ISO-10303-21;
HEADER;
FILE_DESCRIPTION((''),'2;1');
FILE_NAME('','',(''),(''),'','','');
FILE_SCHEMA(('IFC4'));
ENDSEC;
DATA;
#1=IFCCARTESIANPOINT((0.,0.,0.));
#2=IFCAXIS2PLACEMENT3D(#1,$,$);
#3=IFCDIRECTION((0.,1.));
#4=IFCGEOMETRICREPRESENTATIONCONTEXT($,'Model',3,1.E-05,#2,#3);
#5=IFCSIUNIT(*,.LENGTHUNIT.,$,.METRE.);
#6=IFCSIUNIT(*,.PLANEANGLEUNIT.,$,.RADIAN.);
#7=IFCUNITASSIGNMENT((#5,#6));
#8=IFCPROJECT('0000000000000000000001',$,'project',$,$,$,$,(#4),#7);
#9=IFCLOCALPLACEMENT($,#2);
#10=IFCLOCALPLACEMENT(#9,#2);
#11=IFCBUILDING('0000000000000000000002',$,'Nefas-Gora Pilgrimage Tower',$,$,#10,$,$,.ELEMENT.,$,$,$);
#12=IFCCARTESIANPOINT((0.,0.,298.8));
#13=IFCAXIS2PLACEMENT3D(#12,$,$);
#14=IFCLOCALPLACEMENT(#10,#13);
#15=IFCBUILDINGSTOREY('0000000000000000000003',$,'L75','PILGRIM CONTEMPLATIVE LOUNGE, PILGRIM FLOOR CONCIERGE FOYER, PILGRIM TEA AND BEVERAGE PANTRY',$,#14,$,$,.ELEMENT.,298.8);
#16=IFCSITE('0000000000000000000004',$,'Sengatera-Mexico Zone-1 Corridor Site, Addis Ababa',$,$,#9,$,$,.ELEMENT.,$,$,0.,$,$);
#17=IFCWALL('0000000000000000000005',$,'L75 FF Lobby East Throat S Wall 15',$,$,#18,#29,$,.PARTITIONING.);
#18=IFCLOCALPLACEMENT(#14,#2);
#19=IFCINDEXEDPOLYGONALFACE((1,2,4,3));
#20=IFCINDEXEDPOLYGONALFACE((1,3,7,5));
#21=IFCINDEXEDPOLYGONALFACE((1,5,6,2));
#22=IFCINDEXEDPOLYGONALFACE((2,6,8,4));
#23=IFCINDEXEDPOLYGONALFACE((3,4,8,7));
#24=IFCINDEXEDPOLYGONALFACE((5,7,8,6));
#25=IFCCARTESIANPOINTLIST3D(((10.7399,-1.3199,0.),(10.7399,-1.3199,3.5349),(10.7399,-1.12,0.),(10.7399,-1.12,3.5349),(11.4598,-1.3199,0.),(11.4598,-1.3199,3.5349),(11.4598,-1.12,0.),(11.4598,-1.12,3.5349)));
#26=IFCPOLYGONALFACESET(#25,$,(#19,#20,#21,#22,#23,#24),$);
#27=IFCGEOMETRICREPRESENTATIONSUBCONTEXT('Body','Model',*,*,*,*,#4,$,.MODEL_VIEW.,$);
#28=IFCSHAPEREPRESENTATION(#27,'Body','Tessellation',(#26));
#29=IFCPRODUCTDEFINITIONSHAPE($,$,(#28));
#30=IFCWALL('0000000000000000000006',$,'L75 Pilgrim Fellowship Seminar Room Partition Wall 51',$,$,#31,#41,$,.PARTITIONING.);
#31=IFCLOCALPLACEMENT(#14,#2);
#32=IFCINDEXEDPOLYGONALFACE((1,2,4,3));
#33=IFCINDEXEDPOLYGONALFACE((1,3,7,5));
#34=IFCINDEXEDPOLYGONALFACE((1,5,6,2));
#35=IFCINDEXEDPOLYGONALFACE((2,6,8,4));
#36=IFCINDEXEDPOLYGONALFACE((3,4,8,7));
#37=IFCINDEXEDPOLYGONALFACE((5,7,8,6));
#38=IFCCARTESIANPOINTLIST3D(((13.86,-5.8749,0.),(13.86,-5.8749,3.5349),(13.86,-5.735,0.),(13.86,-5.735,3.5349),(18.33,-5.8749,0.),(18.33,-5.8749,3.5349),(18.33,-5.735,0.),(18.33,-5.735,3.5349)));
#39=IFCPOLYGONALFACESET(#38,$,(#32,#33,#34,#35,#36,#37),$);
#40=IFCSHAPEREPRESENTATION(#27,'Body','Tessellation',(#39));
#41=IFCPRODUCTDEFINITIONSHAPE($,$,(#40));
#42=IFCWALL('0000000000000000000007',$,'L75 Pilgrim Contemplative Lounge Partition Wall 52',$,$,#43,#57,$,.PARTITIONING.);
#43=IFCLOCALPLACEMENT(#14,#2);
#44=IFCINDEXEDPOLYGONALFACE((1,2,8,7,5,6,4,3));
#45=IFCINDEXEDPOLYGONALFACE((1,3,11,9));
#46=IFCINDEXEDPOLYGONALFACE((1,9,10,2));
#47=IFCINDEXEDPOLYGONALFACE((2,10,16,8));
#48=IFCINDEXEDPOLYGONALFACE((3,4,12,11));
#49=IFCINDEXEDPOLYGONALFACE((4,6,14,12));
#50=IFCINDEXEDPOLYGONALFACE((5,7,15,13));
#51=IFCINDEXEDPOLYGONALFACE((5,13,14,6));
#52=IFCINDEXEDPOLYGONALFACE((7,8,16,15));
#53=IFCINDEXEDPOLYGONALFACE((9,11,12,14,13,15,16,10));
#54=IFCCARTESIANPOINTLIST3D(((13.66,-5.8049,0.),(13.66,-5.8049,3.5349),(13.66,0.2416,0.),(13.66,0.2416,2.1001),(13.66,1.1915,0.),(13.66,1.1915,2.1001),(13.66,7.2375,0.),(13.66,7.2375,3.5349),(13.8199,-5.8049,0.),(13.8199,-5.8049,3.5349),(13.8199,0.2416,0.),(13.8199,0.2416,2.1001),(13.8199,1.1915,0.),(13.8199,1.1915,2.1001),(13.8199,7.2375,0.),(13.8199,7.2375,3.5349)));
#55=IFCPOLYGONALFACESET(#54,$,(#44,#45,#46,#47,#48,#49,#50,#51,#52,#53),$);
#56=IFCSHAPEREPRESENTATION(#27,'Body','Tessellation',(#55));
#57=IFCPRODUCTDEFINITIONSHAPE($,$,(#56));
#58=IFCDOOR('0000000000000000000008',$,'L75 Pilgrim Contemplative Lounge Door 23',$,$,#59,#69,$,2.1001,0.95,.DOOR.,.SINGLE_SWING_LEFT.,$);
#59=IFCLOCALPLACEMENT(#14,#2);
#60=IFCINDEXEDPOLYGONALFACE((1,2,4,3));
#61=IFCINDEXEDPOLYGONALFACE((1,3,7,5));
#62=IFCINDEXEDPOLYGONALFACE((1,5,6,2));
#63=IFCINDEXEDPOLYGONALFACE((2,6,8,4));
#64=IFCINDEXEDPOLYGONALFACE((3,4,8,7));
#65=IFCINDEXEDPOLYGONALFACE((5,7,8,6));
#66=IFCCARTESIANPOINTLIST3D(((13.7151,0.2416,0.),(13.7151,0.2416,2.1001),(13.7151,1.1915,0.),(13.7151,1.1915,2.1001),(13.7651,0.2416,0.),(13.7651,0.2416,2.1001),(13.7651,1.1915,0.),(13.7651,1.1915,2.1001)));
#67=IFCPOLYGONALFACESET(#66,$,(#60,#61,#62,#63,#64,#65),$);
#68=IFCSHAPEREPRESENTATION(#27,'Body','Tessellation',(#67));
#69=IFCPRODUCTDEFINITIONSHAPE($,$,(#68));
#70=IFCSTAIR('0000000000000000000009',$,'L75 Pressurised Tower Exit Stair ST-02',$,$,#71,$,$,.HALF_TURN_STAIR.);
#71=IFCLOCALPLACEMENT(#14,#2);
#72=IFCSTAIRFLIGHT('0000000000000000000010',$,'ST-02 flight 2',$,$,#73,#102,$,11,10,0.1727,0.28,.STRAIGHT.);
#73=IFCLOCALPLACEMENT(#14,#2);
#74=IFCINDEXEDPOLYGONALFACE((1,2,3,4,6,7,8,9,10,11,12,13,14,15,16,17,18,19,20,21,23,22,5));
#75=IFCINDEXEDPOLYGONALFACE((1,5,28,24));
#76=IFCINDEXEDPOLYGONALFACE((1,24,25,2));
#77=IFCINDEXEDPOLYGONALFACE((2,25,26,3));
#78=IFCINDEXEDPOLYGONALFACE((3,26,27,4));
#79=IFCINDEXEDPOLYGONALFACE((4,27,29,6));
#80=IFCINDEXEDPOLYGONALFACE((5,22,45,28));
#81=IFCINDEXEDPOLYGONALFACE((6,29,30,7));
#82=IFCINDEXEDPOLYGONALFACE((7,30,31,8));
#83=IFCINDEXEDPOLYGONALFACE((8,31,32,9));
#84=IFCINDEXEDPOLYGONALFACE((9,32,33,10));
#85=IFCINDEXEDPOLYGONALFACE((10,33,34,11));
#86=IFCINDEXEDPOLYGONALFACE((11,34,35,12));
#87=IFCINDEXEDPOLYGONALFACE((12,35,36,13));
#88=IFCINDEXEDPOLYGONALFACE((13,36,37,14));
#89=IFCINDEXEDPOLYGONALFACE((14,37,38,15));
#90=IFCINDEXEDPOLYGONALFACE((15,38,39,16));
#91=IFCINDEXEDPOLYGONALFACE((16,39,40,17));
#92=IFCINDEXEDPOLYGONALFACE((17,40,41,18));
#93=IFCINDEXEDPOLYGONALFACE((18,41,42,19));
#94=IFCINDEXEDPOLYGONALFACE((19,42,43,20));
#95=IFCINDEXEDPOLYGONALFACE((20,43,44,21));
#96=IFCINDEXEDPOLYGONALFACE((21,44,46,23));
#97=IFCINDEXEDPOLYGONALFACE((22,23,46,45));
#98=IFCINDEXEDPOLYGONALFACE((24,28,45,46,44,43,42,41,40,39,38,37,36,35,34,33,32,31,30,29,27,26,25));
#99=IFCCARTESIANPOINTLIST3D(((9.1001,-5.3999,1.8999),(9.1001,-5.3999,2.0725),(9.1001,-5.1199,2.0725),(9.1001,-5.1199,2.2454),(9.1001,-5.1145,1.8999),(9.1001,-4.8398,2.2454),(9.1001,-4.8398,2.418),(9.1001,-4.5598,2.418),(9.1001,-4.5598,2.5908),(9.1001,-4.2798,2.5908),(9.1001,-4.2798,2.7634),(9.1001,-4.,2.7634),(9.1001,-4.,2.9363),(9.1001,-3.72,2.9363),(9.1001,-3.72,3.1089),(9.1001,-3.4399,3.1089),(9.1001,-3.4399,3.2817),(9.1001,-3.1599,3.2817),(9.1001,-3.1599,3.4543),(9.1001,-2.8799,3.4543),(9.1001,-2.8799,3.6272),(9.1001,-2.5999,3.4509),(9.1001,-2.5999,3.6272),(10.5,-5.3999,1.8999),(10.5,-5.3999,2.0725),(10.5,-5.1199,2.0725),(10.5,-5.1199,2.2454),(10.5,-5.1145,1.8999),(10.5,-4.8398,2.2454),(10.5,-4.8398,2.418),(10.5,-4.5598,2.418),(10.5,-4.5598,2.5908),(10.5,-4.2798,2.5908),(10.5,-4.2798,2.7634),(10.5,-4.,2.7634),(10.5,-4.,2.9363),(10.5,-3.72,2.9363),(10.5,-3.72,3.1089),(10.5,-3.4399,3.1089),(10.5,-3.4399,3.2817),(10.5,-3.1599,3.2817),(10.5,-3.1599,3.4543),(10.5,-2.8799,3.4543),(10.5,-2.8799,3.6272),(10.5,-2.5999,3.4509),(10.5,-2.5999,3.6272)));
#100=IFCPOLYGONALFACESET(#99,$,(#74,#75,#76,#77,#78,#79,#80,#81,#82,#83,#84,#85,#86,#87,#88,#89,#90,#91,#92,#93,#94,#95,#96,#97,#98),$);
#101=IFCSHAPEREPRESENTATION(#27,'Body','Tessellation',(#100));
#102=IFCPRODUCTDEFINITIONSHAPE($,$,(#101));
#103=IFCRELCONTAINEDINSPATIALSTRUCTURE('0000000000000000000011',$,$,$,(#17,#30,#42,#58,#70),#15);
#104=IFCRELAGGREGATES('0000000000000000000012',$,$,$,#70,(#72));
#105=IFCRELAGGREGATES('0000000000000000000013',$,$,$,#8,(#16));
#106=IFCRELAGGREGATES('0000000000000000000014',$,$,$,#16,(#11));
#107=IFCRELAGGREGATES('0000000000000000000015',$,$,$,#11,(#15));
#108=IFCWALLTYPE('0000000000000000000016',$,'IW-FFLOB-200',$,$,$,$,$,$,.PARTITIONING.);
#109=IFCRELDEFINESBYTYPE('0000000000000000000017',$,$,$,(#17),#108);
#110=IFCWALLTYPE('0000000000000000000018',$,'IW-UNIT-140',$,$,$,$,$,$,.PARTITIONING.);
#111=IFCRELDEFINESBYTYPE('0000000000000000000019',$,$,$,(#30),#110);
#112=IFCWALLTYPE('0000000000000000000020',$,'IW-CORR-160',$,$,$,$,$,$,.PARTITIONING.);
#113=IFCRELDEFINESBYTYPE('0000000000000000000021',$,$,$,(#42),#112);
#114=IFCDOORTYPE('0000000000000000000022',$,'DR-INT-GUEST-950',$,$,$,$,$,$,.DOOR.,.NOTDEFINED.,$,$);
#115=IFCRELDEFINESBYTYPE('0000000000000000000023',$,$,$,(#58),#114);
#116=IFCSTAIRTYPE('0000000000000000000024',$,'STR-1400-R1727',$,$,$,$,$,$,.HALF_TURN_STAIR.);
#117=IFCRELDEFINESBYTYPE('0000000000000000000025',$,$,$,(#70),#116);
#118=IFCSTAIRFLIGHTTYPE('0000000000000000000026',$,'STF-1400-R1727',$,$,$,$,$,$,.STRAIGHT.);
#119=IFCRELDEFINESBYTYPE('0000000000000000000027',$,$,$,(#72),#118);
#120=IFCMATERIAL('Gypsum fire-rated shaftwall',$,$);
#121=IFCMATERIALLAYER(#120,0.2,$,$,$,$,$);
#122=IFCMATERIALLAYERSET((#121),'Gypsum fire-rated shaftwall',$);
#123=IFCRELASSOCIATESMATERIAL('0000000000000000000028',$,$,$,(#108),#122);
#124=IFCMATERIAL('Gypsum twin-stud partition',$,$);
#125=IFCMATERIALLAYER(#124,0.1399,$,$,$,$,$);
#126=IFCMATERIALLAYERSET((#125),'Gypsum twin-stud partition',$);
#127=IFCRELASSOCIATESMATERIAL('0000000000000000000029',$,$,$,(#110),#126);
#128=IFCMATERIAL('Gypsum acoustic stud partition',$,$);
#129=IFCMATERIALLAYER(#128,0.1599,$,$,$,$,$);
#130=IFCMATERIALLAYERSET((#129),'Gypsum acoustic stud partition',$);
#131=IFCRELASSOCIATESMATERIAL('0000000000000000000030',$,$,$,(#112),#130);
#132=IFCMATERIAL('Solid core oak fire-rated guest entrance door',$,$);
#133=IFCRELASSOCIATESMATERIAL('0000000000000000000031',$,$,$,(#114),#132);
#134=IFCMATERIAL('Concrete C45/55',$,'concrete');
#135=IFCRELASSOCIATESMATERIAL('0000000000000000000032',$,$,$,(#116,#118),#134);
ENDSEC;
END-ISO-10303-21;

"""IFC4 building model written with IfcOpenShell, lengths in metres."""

from ifc_helpers import new_model, si_unit, direction, frame, frame_2d, origin, place, context, subcontext, project, spatial, polyline, rectangle, outline, extrude, source, transform, mapped, material, layer, layer_set, type_object, element, fill, aggregate, save


model = new_model("IFC4")

# Units and contexts
model_context = context("Model", 3, precision=1e-05, world=origin(), true_north=direction((0.0, 1.0)))
body_context = subcontext(model_context, "Body", "Model", "MODEL_VIEW")
ifc_project = project(units=[si_unit("LENGTHUNIT", "METRE"), si_unit("PLANEANGLEUNIT", "RADIAN")], contexts=[model_context])

# Site, building, storey
site_placement = place(None, origin())
site = spatial("IfcSite", under=ifc_project, at=site_placement, Name="Sengatera-Mexico Zone-1 Corridor Site, Addis Ababa", CompositionType="ELEMENT", RefElevation=0.0)
building_placement = place(site_placement, origin())
building = spatial("IfcBuilding", under=site, at=building_placement, Name="Nefas-Gora Pilgrimage Tower", CompositionType="ELEMENT")
storey_placement = place(building_placement, frame((0.0, 0.0, 298.8)))
storey = spatial("IfcBuildingStorey", under=building, at=storey_placement, Name="L75", Description="PILGRIM CONTEMPLATIVE LOUNGE, PILGRIM FLOOR CONCIERGE FOYER, PILGRIM TEA AND BEVERAGE PANTRY", CompositionType="ELEMENT", Elevation=298.8)

# Wall
ifc_material_1 = material(Name="Concrete C45/55", Category="concrete")
ifc_material_2 = material(Name="Gypsum fire-rated shaftwall")
ifc_layer_1 = layer(ifc_material_2, 0.2)
ifc_layer_set_1 = layer_set([ifc_layer_1], Name="Gypsum fire-rated shaftwall")
wall_type_1 = type_object("IfcWallType", Name="IW-FFLOB-200", PredefinedType="PARTITIONING", material=ifc_layer_set_1)
shared_shape_1 = source(origin(), body_context, "Body", "SweptSolid", [
    extrude(rectangle(XDim=0.72, YDim=0.2, at=frame_2d((0.3599, 0.0))), origin(), (0.0, 0.0, 1.0), 3.5349),
])
wall_1_placement = place(storey_placement, frame((10.74, -1.22, 0.0), z_axis=(0.0, 0.0, 1.0), x_axis=(1.0, 0.0, 0.0)))
element("IfcWall", 1, at=wall_1_placement, inside=storey, type_object=wall_type_1, Name="L75 FF Lobby East Throat S Wall 15", PredefinedType="PARTITIONING", context=body_context, shape_type="MappedRepresentation", body=[
    mapped(shared_shape_1, transform((0.0, 0.0, 0.0), x_axis=(1.0, 0.0, 0.0), y_axis=(0.0, 1.0, 0.0), z_axis=(0.0, 0.0, 1.0), scale=1.0)),
])

# Wall
ifc_material_3 = material(Name="Gypsum twin-stud partition")
ifc_layer_2 = layer(ifc_material_3, 0.1399)
ifc_layer_set_2 = layer_set([ifc_layer_2], Name="Gypsum twin-stud partition")
wall_type_2 = type_object("IfcWallType", Name="IW-UNIT-140", PredefinedType="PARTITIONING", material=ifc_layer_set_2)
shared_shape_2 = source(origin(), body_context, "Body", "SweptSolid", [
    extrude(rectangle(XDim=4.47, YDim=0.1399, at=frame_2d((2.2349, 0.0))), origin(), (0.0, 0.0, 1.0), 3.5349),
])
wall_2_placement = place(storey_placement, frame((13.8601, -5.8049, 0.0), z_axis=(0.0, 0.0, 1.0), x_axis=(1.0, 0.0, 0.0)))
element("IfcWall", 2, at=wall_2_placement, inside=storey, type_object=wall_type_2, Name="L75 Pilgrim Fellowship Seminar Room Partition Wall 51", PredefinedType="PARTITIONING", context=body_context, shape_type="MappedRepresentation", body=[
    mapped(shared_shape_2, transform((0.0, 0.0, 0.0), x_axis=(1.0, 0.0, 0.0), y_axis=(0.0, 1.0, 0.0), z_axis=(0.0, 0.0, 1.0), scale=1.0)),
])

# Wall, opening, door
ifc_material_4 = material(Name="Gypsum acoustic stud partition")
ifc_layer_3 = layer(ifc_material_4, 0.1599)
ifc_layer_set_3 = layer_set([ifc_layer_3], Name="Gypsum acoustic stud partition")
wall_type_3 = type_object("IfcWallType", Name="IW-CORR-160", PredefinedType="PARTITIONING", material=ifc_layer_set_3)
shared_shape_3 = source(origin(), body_context, "Body", "SweptSolid", [
    extrude(rectangle(XDim=13.0425, YDim=0.1599, at=frame_2d((6.5212, 0.0))), origin(), (0.0, 0.0, 1.0), 3.5349),
])
wall_3_placement = place(storey_placement, frame((13.74, -5.8049, 0.0), z_axis=(0.0, 0.0, 1.0), x_axis=(0.0, 1.0, 0.0)))
wall_3 = element("IfcWall", 3, at=wall_3_placement, inside=storey, type_object=wall_type_3, Name="L75 Pilgrim Contemplative Lounge Partition Wall 52", PredefinedType="PARTITIONING", context=body_context, shape_type="MappedRepresentation", body=[
    mapped(shared_shape_3, transform((0.0, 0.0, 0.0), x_axis=(1.0, 0.0, 0.0), y_axis=(0.0, 1.0, 0.0), z_axis=(0.0, 0.0, 1.0), scale=1.0)),
])
opening_1_placement = place(wall_3_placement, frame((6.0464, 0.0, 0.0)))
opening_1 = element("IfcOpeningElement", 4, at=opening_1_placement, cuts=wall_3, PredefinedType="OPENING", context=body_context, shape_type="SweptSolid", body=[
    extrude(rectangle(XDim=0.95, YDim=2.1001, at=frame_2d((0.4751, 1.05))), frame((0.0, 0.0898, 0.0), z_axis=(0.0, -1.0, 0.0), x_axis=(1.0, 0.0, 0.0)), (0.0, 0.0, 1.0), 0.1799),
])
ifc_material_5 = material(Name="Solid core oak fire-rated guest entrance door")
door_type_1 = type_object("IfcDoorType", Name="DR-INT-GUEST-950", OperationType="NOTDEFINED", PredefinedType="DOOR", material=ifc_material_5)
shared_shape_4 = source(origin(), body_context, "Body", "SweptSolid", [
    extrude(rectangle(XDim=0.95, YDim=2.1001, at=frame_2d((0.4751, 1.05))), frame((0.0, 0.0249, 0.0), z_axis=(0.0, -1.0, 0.0), x_axis=(1.0, 0.0, 0.0)), (0.0, 0.0, 1.0), 0.05),
])
door_1_placement = place(opening_1_placement, origin())
door_1 = element("IfcDoor", 5, at=door_1_placement, inside=storey, type_object=door_type_1, Name="L75 Pilgrim Contemplative Lounge Door 23", OperationType="SINGLE_SWING_LEFT", OverallHeight=2.1001, OverallWidth=0.95, PredefinedType="DOOR", context=body_context, shape_type="MappedRepresentation", body=[
    mapped(shared_shape_4, transform((0.0, 0.0, 0.0), x_axis=(1.0, 0.0, 0.0), y_axis=(0.0, 1.0, 0.0), z_axis=(0.0, 0.0, 1.0), scale=1.0)),
])
fill(opening_1, door_1)

# Stair, stair flight
stair_type = type_object("IfcStairType", Name="STR-1400-R1727", PredefinedType="HALF_TURN_STAIR", material=ifc_material_1)
stair_placement = place(storey_placement, origin())
stair = element("IfcStair", 6, at=stair_placement, inside=storey, type_object=stair_type, Name="L75 Pressurised Tower Exit Stair ST-02", PredefinedType="HALF_TURN_STAIR")
stair_flight_type = type_object("IfcStairFlightType", Name="STF-1400-R1727", PredefinedType="STRAIGHT", material=ifc_material_1)
shared_shape_5 = source(origin(), body_context, "Body", "SweptSolid", [
    extrude(outline(polyline([(0.0, 0.0), (0.0, 0.1726), (0.28, 0.1726), (0.28, 0.3455), (0.5601, 0.3455), (0.5601, 0.5181), (0.8401, 0.5181), (0.8401, 0.6909), (1.1201, 0.6909), (1.1201, 0.8635), (1.3999, 0.8635), (1.3999, 1.0364), (1.6799, 1.0364), (1.6799, 1.209), (1.96, 1.209), (1.96, 1.3818), (2.24, 1.3818), (2.24, 1.5544), (2.52, 1.5544), (2.52, 1.7273), (2.8, 1.7273), (2.8, 1.8999), (2.8, 1.551), (0.2854, 0.0), (0.0, 0.0)])), frame((0.0, 0.7, 0.0), z_axis=(0.0, -1.0, 0.0), x_axis=(1.0, 0.0, 0.0)), (0.0, 0.0, 1.0), 1.3999),
])
stair_flight_placement = place(storey_placement, frame((9.8, -5.3999, 1.8999), z_axis=(0.0, 0.0, 1.0), x_axis=(0.0, 1.0, 0.0)))
stair_flight = element("IfcStairFlight", 7, at=stair_flight_placement, type_object=stair_flight_type, Name="ST-02 flight 2", NumberOfRisers=11, NumberOfTreads=10, PredefinedType="STRAIGHT", RiserHeight=0.1727, TreadLength=0.28, context=body_context, shape_type="MappedRepresentation", body=[
    mapped(shared_shape_5, transform((0.0, 0.0, 0.0), x_axis=(1.0, 0.0, 0.0), y_axis=(0.0, 1.0, 0.0), z_axis=(0.0, 0.0, 1.0), scale=1.0)),
])
aggregate(stair, [stair_flight])

save(model, "model.ifc")
